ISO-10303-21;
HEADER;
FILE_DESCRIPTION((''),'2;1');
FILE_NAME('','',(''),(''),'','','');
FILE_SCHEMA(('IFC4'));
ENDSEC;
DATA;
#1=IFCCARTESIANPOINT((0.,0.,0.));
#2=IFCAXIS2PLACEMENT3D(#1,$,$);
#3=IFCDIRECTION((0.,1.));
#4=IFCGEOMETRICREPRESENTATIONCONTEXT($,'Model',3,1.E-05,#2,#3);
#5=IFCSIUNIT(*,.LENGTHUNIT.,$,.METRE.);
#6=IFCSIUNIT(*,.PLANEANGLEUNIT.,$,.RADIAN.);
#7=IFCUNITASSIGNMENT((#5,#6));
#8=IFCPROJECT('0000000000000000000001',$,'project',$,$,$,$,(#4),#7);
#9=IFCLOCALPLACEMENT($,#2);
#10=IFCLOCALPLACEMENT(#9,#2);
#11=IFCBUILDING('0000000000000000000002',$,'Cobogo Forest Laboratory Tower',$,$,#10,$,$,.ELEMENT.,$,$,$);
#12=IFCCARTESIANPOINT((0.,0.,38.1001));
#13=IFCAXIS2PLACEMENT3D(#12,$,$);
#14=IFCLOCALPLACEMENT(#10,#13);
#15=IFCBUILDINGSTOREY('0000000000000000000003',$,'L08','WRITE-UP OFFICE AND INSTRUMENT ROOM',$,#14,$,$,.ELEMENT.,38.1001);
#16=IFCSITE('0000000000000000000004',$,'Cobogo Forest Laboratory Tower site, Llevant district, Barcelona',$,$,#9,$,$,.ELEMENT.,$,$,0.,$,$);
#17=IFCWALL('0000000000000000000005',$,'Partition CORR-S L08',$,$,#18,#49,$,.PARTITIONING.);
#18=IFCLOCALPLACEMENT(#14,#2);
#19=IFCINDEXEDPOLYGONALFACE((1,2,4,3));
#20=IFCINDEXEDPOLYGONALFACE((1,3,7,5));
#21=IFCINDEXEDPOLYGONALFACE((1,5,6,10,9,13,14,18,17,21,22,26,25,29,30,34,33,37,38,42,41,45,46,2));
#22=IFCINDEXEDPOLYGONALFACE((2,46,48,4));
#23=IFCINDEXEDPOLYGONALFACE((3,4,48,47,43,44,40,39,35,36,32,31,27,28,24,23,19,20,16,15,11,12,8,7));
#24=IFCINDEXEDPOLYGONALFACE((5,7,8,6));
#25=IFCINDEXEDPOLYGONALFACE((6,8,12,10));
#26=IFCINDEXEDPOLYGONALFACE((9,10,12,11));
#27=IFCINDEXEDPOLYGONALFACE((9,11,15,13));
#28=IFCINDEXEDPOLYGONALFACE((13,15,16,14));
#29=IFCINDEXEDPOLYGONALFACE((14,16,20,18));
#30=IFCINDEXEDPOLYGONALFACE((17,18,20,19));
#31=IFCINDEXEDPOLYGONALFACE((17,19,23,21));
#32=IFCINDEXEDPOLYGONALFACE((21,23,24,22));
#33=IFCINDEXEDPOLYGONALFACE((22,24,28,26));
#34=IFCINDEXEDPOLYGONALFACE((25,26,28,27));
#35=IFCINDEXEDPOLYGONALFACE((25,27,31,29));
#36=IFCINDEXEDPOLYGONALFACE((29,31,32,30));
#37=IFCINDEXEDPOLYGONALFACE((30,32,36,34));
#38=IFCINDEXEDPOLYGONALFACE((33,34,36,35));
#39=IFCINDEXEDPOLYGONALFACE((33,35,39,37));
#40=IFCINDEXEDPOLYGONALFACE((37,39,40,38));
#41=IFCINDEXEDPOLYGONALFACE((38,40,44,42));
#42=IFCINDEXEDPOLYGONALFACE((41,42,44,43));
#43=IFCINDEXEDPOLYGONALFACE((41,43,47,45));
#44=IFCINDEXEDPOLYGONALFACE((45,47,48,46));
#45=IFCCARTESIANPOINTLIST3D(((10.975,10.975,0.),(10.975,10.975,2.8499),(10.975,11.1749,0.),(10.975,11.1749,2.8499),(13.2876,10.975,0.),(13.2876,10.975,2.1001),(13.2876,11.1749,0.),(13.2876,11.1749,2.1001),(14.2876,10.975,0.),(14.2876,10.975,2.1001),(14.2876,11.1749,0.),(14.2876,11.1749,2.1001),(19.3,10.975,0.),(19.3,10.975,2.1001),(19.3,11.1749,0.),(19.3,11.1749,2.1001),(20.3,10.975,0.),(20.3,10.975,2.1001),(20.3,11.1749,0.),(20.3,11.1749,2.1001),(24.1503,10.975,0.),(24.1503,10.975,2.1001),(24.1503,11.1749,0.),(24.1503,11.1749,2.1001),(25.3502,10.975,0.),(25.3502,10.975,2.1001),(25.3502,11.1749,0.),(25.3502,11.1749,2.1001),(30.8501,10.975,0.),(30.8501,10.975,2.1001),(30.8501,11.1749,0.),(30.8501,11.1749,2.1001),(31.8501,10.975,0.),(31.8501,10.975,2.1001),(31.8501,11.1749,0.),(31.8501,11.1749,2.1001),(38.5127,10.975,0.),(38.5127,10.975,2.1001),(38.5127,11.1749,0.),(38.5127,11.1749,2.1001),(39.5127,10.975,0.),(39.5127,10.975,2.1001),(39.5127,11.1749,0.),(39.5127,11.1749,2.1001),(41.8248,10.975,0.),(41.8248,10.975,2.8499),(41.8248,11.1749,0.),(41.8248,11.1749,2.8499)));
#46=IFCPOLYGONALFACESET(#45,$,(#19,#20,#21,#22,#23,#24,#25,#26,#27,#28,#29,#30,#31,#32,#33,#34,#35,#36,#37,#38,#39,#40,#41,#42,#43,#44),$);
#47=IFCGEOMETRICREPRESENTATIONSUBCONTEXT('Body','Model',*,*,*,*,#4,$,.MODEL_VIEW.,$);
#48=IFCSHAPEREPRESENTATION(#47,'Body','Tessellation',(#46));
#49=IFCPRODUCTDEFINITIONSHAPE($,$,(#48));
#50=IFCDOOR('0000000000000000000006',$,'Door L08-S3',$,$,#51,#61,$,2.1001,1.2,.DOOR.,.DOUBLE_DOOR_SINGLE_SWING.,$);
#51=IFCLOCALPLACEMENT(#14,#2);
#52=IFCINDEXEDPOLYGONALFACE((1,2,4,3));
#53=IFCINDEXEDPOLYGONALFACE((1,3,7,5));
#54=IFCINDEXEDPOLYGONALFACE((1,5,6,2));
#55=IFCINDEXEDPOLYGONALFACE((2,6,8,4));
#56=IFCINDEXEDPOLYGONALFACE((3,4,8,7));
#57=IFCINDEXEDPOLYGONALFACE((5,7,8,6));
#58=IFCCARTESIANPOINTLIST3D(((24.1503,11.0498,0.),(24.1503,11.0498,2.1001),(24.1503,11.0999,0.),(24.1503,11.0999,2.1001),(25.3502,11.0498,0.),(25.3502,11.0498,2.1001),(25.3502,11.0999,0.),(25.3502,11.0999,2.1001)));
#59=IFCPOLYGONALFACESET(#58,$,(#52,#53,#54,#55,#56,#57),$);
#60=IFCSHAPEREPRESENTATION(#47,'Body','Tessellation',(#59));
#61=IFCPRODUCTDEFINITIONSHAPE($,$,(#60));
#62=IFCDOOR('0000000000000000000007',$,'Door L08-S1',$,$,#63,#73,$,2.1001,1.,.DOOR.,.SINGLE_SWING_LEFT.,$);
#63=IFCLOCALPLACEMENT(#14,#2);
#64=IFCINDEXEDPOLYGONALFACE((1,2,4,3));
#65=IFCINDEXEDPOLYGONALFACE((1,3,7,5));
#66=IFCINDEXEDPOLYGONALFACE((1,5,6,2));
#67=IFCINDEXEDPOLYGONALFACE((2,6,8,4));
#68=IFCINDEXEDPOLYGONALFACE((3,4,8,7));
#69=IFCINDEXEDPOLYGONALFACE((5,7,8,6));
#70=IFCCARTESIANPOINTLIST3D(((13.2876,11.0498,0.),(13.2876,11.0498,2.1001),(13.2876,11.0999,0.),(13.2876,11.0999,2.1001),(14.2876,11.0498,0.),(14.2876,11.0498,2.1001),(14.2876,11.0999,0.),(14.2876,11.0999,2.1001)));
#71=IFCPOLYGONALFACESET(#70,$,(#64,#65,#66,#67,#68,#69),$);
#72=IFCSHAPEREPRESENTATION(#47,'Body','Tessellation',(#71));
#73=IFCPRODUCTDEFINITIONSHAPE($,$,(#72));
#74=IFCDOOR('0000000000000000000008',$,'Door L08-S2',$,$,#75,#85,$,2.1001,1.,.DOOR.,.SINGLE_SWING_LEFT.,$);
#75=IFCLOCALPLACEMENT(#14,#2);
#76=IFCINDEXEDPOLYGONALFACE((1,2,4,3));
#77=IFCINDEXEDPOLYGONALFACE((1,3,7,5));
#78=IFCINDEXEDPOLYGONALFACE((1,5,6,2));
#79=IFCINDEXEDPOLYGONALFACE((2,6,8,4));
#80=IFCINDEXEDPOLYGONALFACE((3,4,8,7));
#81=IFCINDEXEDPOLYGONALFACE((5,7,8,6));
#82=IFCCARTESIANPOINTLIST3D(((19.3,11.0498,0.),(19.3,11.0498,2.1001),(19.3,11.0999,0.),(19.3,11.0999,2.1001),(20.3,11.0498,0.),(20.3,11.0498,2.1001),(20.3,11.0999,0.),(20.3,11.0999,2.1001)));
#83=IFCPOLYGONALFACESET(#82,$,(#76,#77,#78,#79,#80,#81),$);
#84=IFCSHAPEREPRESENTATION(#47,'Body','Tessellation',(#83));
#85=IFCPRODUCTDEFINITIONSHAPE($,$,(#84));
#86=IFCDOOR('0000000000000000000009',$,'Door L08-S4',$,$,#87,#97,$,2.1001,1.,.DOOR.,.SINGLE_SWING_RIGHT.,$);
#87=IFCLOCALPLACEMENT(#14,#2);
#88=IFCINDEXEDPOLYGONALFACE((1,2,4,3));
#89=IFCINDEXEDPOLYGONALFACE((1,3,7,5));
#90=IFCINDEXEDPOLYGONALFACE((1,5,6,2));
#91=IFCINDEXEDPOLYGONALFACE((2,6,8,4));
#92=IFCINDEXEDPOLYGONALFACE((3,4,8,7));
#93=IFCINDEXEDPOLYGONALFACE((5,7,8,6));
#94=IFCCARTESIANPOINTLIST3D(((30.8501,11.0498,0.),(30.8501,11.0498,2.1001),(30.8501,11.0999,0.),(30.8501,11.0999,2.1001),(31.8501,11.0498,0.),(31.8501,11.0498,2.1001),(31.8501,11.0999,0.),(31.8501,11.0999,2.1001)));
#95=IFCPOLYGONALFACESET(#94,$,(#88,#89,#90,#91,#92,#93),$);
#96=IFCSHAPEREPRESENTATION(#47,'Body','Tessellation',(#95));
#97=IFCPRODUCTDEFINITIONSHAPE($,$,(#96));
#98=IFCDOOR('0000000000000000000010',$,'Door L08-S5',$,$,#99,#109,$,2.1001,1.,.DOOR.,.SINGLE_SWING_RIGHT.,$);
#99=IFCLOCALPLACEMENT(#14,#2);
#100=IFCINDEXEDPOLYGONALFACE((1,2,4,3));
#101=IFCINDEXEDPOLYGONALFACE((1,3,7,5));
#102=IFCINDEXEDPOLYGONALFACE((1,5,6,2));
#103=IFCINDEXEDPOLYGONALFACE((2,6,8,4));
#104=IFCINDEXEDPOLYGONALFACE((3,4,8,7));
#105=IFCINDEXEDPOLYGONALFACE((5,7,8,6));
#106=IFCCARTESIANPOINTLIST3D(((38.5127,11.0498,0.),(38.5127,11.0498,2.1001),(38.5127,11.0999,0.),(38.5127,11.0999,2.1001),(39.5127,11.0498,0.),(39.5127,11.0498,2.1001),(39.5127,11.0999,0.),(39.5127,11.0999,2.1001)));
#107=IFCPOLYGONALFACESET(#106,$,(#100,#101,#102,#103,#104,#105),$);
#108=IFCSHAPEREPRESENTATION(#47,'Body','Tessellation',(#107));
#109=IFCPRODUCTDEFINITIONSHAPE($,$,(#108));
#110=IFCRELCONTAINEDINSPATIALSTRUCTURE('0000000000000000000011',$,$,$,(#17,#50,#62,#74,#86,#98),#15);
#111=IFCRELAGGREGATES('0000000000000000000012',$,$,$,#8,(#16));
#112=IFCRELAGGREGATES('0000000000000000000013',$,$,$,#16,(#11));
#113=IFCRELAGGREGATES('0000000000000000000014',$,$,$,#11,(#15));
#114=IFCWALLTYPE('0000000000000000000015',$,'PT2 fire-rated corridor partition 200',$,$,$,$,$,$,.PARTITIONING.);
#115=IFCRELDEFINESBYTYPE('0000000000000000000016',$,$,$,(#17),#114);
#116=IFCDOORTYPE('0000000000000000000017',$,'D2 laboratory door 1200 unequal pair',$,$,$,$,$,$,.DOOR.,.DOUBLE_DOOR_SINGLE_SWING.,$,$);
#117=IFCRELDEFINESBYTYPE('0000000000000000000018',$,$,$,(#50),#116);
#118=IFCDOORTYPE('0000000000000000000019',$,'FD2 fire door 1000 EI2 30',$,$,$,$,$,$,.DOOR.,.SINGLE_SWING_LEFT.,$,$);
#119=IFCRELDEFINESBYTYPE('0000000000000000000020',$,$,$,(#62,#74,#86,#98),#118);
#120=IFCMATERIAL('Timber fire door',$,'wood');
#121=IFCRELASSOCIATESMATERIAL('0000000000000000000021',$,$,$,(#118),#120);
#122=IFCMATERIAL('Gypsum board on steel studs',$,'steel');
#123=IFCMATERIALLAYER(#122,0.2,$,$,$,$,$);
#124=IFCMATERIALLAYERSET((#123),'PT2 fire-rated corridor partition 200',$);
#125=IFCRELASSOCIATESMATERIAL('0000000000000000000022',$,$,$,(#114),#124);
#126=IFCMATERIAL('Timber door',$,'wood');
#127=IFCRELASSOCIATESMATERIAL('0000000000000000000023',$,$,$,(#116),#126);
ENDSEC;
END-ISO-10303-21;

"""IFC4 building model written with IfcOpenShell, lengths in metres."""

from ifc_helpers import new_model, si_unit, direction, frame, frame_2d, origin, place, context, subcontext, project, spatial, rectangle, extrude, material, layer, layer_set, type_object, element, fill, save


model = new_model("IFC4")

# Units and contexts
model_context = context("Model", 3, precision=1e-05, world=origin(), true_north=direction((0.0, 1.0)))
body_context = subcontext(model_context, "Body", "Model", "MODEL_VIEW")
ifc_project = project(units=[si_unit("LENGTHUNIT", "METRE"), si_unit("PLANEANGLEUNIT", "RADIAN")], contexts=[model_context])

# Site, building, storey
site_placement = place(None, origin())
site = spatial("IfcSite", under=ifc_project, at=site_placement, Name="Cobogo Forest Laboratory Tower site, Llevant district, Barcelona", CompositionType="ELEMENT", RefElevation=0.0)
building_placement = place(site_placement, origin())
building = spatial("IfcBuilding", under=site, at=building_placement, Name="Cobogo Forest Laboratory Tower", CompositionType="ELEMENT")
storey_placement = place(building_placement, frame((0.0, 0.0, 38.1001)))
storey = spatial("IfcBuildingStorey", under=building, at=storey_placement, Name="L08", Description="WRITE-UP OFFICE AND INSTRUMENT ROOM", CompositionType="ELEMENT", Elevation=38.1001)

# Shared definitions
ifc_material_1 = material(Name="Gypsum board on steel studs", Category="steel")

# Shared definitions
ifc_material_2 = material(Name="Timber fire door", Category="wood")
door_type_1 = type_object("IfcDoorType", Name="FD2 fire door 1000 EI2 30", OperationType="SINGLE_SWING_LEFT", PredefinedType="DOOR", material=ifc_material_2)

# Wall, openings, doors
ifc_layer_1 = layer(ifc_material_1, 0.2)
ifc_layer_set_1 = layer_set([ifc_layer_1], Name="PT2 fire-rated corridor partition 200")
wall_type_1 = type_object("IfcWallType", Name="PT2 fire-rated corridor partition 200", PredefinedType="PARTITIONING", material=ifc_layer_set_1)
wall_1_placement = place(storey_placement, frame((10.9751, 11.075, 0.0), z_axis=(0.0, 0.0, 1.0), x_axis=(1.0, 0.0, 0.0)))
wall_1 = element("IfcWall", 1, at=wall_1_placement, inside=storey, type_object=wall_type_1, Name="Partition CORR-S L08", PredefinedType="PARTITIONING", context=body_context, shape_type="SweptSolid", body=[
    extrude(rectangle(XDim=30.8499, YDim=0.2, at=frame_2d((15.4248, 0.0))), origin(), (0.0, 0.0, 1.0), 2.8499),
])
opening_1_placement = place(wall_1_placement, frame((2.3125, 0.0, 0.0)))
opening_1 = element("IfcOpeningElement", 2, at=opening_1_placement, cuts=wall_1, PredefinedType="OPENING", context=body_context, shape_type="SweptSolid", body=[
    extrude(rectangle(XDim=1.0, YDim=2.1001, at=frame_2d((0.5, 1.05))), frame((0.0, 0.1099, 0.0), z_axis=(0.0, -1.0, 0.0), x_axis=(1.0, 0.0, 0.0)), (0.0, 0.0, 1.0), 0.22),
])
opening_2_placement = place(wall_1_placement, frame((8.325, 0.0, 0.0)))
opening_2 = element("IfcOpeningElement", 3, at=opening_2_placement, cuts=wall_1, PredefinedType="OPENING", context=body_context, shape_type="SweptSolid", body=[
    extrude(rectangle(XDim=1.0, YDim=2.1001, at=frame_2d((0.5, 1.05))), frame((0.0, 0.1099, 0.0), z_axis=(0.0, -1.0, 0.0), x_axis=(1.0, 0.0, 0.0)), (0.0, 0.0, 1.0), 0.22),
])
opening_3_placement = place(wall_1_placement, frame((13.175, 0.0, 0.0)))
opening_3 = element("IfcOpeningElement", 4, at=opening_3_placement, cuts=wall_1, PredefinedType="OPENING", context=body_context, shape_type="SweptSolid", body=[
    extrude(rectangle(XDim=1.2, YDim=2.1001, at=frame_2d((0.6001, 1.05))), frame((0.0, 0.1099, 0.0), z_axis=(0.0, -1.0, 0.0), x_axis=(1.0, 0.0, 0.0)), (0.0, 0.0, 1.0), 0.22),
])
opening_4_placement = place(wall_1_placement, frame((19.875, 0.0, 0.0)))
opening_4 = element("IfcOpeningElement", 5, at=opening_4_placement, cuts=wall_1, PredefinedType="OPENING", context=body_context, shape_type="SweptSolid", body=[
    extrude(rectangle(XDim=1.0, YDim=2.1001, at=frame_2d((0.5, 1.05))), frame((0.0, 0.1099, 0.0), z_axis=(0.0, -1.0, 0.0), x_axis=(1.0, 0.0, 0.0)), (0.0, 0.0, 1.0), 0.22),
])
opening_5_placement = place(wall_1_placement, frame((27.5376, 0.0, 0.0)))
opening_5 = element("IfcOpeningElement", 6, at=opening_5_placement, cuts=wall_1, PredefinedType="OPENING", context=body_context, shape_type="SweptSolid", body=[
    extrude(rectangle(XDim=1.0, YDim=2.1001, at=frame_2d((0.5, 1.05))), frame((0.0, 0.1099, 0.0), z_axis=(0.0, -1.0, 0.0), x_axis=(1.0, 0.0, 0.0)), (0.0, 0.0, 1.0), 0.22),
])
ifc_material_3 = material(Name="Timber door", Category="wood")
door_type_2 = type_object("IfcDoorType", Name="D2 laboratory door 1200 unequal pair", OperationType="DOUBLE_DOOR_SINGLE_SWING", PredefinedType="DOOR", material=ifc_material_3)
door_1_placement = place(opening_3_placement, origin())
door_1 = element("IfcDoor", 7, at=door_1_placement, inside=storey, type_object=door_type_2, Name="Door L08-S3", OperationType="DOUBLE_DOOR_SINGLE_SWING", OverallHeight=2.1001, OverallWidth=1.2, PredefinedType="DOOR", context=body_context, shape_type="SweptSolid", body=[
    extrude(rectangle(XDim=1.2, YDim=2.1001, at=frame_2d((0.6001, 1.05))), frame((0.0, 0.0249, 0.0), z_axis=(0.0, -1.0, 0.0), x_axis=(1.0, 0.0, 0.0)), (0.0, 0.0, 1.0), 0.05),
])
fill(opening_3, door_1)
door_2_placement = place(opening_1_placement, origin())
door_2 = element("IfcDoor", 8, at=door_2_placement, inside=storey, type_object=door_type_1, Name="Door L08-S1", OperationType="SINGLE_SWING_LEFT", OverallHeight=2.1001, OverallWidth=1.0, PredefinedType="DOOR", context=body_context, shape_type="SweptSolid", body=[
    extrude(rectangle(XDim=1.0, YDim=2.1001, at=frame_2d((0.5, 1.05))), frame((0.0, 0.0249, 0.0), z_axis=(0.0, -1.0, 0.0), x_axis=(1.0, 0.0, 0.0)), (0.0, 0.0, 1.0), 0.05),
])
fill(opening_1, door_2)
door_3_placement = place(opening_2_placement, origin())
door_3 = element("IfcDoor", 9, at=door_3_placement, inside=storey, type_object=door_type_1, Name="Door L08-S2", OperationType="SINGLE_SWING_LEFT", OverallHeight=2.1001, OverallWidth=1.0, PredefinedType="DOOR", context=body_context, shape_type="SweptSolid", body=[
    extrude(rectangle(XDim=1.0, YDim=2.1001, at=frame_2d((0.5, 1.05))), frame((0.0, 0.0249, 0.0), z_axis=(0.0, -1.0, 0.0), x_axis=(1.0, 0.0, 0.0)), (0.0, 0.0, 1.0), 0.05),
])
fill(opening_2, door_3)
door_4_placement = place(opening_4_placement, origin())
door_4 = element("IfcDoor", 10, at=door_4_placement, inside=storey, type_object=door_type_1, Name="Door L08-S4", OperationType="SINGLE_SWING_RIGHT", OverallHeight=2.1001, OverallWidth=1.0, PredefinedType="DOOR", context=body_context, shape_type="SweptSolid", body=[
    extrude(rectangle(XDim=1.0, YDim=2.1001, at=frame_2d((0.5, 1.05))), frame((0.0, 0.0249, 0.0), z_axis=(0.0, -1.0, 0.0), x_axis=(1.0, 0.0, 0.0)), (0.0, 0.0, 1.0), 0.05),
])
fill(opening_4, door_4)
door_5_placement = place(opening_5_placement, origin())
door_5 = element("IfcDoor", 11, at=door_5_placement, inside=storey, type_object=door_type_1, Name="Door L08-S5", OperationType="SINGLE_SWING_RIGHT", OverallHeight=2.1001, OverallWidth=1.0, PredefinedType="DOOR", context=body_context, shape_type="SweptSolid", body=[
    extrude(rectangle(XDim=1.0, YDim=2.1001, at=frame_2d((0.5, 1.05))), frame((0.0, 0.0249, 0.0), z_axis=(0.0, -1.0, 0.0), x_axis=(1.0, 0.0, 0.0)), (0.0, 0.0, 1.0), 0.05),
])
fill(opening_5, door_5)

save(model, "model.ifc")
